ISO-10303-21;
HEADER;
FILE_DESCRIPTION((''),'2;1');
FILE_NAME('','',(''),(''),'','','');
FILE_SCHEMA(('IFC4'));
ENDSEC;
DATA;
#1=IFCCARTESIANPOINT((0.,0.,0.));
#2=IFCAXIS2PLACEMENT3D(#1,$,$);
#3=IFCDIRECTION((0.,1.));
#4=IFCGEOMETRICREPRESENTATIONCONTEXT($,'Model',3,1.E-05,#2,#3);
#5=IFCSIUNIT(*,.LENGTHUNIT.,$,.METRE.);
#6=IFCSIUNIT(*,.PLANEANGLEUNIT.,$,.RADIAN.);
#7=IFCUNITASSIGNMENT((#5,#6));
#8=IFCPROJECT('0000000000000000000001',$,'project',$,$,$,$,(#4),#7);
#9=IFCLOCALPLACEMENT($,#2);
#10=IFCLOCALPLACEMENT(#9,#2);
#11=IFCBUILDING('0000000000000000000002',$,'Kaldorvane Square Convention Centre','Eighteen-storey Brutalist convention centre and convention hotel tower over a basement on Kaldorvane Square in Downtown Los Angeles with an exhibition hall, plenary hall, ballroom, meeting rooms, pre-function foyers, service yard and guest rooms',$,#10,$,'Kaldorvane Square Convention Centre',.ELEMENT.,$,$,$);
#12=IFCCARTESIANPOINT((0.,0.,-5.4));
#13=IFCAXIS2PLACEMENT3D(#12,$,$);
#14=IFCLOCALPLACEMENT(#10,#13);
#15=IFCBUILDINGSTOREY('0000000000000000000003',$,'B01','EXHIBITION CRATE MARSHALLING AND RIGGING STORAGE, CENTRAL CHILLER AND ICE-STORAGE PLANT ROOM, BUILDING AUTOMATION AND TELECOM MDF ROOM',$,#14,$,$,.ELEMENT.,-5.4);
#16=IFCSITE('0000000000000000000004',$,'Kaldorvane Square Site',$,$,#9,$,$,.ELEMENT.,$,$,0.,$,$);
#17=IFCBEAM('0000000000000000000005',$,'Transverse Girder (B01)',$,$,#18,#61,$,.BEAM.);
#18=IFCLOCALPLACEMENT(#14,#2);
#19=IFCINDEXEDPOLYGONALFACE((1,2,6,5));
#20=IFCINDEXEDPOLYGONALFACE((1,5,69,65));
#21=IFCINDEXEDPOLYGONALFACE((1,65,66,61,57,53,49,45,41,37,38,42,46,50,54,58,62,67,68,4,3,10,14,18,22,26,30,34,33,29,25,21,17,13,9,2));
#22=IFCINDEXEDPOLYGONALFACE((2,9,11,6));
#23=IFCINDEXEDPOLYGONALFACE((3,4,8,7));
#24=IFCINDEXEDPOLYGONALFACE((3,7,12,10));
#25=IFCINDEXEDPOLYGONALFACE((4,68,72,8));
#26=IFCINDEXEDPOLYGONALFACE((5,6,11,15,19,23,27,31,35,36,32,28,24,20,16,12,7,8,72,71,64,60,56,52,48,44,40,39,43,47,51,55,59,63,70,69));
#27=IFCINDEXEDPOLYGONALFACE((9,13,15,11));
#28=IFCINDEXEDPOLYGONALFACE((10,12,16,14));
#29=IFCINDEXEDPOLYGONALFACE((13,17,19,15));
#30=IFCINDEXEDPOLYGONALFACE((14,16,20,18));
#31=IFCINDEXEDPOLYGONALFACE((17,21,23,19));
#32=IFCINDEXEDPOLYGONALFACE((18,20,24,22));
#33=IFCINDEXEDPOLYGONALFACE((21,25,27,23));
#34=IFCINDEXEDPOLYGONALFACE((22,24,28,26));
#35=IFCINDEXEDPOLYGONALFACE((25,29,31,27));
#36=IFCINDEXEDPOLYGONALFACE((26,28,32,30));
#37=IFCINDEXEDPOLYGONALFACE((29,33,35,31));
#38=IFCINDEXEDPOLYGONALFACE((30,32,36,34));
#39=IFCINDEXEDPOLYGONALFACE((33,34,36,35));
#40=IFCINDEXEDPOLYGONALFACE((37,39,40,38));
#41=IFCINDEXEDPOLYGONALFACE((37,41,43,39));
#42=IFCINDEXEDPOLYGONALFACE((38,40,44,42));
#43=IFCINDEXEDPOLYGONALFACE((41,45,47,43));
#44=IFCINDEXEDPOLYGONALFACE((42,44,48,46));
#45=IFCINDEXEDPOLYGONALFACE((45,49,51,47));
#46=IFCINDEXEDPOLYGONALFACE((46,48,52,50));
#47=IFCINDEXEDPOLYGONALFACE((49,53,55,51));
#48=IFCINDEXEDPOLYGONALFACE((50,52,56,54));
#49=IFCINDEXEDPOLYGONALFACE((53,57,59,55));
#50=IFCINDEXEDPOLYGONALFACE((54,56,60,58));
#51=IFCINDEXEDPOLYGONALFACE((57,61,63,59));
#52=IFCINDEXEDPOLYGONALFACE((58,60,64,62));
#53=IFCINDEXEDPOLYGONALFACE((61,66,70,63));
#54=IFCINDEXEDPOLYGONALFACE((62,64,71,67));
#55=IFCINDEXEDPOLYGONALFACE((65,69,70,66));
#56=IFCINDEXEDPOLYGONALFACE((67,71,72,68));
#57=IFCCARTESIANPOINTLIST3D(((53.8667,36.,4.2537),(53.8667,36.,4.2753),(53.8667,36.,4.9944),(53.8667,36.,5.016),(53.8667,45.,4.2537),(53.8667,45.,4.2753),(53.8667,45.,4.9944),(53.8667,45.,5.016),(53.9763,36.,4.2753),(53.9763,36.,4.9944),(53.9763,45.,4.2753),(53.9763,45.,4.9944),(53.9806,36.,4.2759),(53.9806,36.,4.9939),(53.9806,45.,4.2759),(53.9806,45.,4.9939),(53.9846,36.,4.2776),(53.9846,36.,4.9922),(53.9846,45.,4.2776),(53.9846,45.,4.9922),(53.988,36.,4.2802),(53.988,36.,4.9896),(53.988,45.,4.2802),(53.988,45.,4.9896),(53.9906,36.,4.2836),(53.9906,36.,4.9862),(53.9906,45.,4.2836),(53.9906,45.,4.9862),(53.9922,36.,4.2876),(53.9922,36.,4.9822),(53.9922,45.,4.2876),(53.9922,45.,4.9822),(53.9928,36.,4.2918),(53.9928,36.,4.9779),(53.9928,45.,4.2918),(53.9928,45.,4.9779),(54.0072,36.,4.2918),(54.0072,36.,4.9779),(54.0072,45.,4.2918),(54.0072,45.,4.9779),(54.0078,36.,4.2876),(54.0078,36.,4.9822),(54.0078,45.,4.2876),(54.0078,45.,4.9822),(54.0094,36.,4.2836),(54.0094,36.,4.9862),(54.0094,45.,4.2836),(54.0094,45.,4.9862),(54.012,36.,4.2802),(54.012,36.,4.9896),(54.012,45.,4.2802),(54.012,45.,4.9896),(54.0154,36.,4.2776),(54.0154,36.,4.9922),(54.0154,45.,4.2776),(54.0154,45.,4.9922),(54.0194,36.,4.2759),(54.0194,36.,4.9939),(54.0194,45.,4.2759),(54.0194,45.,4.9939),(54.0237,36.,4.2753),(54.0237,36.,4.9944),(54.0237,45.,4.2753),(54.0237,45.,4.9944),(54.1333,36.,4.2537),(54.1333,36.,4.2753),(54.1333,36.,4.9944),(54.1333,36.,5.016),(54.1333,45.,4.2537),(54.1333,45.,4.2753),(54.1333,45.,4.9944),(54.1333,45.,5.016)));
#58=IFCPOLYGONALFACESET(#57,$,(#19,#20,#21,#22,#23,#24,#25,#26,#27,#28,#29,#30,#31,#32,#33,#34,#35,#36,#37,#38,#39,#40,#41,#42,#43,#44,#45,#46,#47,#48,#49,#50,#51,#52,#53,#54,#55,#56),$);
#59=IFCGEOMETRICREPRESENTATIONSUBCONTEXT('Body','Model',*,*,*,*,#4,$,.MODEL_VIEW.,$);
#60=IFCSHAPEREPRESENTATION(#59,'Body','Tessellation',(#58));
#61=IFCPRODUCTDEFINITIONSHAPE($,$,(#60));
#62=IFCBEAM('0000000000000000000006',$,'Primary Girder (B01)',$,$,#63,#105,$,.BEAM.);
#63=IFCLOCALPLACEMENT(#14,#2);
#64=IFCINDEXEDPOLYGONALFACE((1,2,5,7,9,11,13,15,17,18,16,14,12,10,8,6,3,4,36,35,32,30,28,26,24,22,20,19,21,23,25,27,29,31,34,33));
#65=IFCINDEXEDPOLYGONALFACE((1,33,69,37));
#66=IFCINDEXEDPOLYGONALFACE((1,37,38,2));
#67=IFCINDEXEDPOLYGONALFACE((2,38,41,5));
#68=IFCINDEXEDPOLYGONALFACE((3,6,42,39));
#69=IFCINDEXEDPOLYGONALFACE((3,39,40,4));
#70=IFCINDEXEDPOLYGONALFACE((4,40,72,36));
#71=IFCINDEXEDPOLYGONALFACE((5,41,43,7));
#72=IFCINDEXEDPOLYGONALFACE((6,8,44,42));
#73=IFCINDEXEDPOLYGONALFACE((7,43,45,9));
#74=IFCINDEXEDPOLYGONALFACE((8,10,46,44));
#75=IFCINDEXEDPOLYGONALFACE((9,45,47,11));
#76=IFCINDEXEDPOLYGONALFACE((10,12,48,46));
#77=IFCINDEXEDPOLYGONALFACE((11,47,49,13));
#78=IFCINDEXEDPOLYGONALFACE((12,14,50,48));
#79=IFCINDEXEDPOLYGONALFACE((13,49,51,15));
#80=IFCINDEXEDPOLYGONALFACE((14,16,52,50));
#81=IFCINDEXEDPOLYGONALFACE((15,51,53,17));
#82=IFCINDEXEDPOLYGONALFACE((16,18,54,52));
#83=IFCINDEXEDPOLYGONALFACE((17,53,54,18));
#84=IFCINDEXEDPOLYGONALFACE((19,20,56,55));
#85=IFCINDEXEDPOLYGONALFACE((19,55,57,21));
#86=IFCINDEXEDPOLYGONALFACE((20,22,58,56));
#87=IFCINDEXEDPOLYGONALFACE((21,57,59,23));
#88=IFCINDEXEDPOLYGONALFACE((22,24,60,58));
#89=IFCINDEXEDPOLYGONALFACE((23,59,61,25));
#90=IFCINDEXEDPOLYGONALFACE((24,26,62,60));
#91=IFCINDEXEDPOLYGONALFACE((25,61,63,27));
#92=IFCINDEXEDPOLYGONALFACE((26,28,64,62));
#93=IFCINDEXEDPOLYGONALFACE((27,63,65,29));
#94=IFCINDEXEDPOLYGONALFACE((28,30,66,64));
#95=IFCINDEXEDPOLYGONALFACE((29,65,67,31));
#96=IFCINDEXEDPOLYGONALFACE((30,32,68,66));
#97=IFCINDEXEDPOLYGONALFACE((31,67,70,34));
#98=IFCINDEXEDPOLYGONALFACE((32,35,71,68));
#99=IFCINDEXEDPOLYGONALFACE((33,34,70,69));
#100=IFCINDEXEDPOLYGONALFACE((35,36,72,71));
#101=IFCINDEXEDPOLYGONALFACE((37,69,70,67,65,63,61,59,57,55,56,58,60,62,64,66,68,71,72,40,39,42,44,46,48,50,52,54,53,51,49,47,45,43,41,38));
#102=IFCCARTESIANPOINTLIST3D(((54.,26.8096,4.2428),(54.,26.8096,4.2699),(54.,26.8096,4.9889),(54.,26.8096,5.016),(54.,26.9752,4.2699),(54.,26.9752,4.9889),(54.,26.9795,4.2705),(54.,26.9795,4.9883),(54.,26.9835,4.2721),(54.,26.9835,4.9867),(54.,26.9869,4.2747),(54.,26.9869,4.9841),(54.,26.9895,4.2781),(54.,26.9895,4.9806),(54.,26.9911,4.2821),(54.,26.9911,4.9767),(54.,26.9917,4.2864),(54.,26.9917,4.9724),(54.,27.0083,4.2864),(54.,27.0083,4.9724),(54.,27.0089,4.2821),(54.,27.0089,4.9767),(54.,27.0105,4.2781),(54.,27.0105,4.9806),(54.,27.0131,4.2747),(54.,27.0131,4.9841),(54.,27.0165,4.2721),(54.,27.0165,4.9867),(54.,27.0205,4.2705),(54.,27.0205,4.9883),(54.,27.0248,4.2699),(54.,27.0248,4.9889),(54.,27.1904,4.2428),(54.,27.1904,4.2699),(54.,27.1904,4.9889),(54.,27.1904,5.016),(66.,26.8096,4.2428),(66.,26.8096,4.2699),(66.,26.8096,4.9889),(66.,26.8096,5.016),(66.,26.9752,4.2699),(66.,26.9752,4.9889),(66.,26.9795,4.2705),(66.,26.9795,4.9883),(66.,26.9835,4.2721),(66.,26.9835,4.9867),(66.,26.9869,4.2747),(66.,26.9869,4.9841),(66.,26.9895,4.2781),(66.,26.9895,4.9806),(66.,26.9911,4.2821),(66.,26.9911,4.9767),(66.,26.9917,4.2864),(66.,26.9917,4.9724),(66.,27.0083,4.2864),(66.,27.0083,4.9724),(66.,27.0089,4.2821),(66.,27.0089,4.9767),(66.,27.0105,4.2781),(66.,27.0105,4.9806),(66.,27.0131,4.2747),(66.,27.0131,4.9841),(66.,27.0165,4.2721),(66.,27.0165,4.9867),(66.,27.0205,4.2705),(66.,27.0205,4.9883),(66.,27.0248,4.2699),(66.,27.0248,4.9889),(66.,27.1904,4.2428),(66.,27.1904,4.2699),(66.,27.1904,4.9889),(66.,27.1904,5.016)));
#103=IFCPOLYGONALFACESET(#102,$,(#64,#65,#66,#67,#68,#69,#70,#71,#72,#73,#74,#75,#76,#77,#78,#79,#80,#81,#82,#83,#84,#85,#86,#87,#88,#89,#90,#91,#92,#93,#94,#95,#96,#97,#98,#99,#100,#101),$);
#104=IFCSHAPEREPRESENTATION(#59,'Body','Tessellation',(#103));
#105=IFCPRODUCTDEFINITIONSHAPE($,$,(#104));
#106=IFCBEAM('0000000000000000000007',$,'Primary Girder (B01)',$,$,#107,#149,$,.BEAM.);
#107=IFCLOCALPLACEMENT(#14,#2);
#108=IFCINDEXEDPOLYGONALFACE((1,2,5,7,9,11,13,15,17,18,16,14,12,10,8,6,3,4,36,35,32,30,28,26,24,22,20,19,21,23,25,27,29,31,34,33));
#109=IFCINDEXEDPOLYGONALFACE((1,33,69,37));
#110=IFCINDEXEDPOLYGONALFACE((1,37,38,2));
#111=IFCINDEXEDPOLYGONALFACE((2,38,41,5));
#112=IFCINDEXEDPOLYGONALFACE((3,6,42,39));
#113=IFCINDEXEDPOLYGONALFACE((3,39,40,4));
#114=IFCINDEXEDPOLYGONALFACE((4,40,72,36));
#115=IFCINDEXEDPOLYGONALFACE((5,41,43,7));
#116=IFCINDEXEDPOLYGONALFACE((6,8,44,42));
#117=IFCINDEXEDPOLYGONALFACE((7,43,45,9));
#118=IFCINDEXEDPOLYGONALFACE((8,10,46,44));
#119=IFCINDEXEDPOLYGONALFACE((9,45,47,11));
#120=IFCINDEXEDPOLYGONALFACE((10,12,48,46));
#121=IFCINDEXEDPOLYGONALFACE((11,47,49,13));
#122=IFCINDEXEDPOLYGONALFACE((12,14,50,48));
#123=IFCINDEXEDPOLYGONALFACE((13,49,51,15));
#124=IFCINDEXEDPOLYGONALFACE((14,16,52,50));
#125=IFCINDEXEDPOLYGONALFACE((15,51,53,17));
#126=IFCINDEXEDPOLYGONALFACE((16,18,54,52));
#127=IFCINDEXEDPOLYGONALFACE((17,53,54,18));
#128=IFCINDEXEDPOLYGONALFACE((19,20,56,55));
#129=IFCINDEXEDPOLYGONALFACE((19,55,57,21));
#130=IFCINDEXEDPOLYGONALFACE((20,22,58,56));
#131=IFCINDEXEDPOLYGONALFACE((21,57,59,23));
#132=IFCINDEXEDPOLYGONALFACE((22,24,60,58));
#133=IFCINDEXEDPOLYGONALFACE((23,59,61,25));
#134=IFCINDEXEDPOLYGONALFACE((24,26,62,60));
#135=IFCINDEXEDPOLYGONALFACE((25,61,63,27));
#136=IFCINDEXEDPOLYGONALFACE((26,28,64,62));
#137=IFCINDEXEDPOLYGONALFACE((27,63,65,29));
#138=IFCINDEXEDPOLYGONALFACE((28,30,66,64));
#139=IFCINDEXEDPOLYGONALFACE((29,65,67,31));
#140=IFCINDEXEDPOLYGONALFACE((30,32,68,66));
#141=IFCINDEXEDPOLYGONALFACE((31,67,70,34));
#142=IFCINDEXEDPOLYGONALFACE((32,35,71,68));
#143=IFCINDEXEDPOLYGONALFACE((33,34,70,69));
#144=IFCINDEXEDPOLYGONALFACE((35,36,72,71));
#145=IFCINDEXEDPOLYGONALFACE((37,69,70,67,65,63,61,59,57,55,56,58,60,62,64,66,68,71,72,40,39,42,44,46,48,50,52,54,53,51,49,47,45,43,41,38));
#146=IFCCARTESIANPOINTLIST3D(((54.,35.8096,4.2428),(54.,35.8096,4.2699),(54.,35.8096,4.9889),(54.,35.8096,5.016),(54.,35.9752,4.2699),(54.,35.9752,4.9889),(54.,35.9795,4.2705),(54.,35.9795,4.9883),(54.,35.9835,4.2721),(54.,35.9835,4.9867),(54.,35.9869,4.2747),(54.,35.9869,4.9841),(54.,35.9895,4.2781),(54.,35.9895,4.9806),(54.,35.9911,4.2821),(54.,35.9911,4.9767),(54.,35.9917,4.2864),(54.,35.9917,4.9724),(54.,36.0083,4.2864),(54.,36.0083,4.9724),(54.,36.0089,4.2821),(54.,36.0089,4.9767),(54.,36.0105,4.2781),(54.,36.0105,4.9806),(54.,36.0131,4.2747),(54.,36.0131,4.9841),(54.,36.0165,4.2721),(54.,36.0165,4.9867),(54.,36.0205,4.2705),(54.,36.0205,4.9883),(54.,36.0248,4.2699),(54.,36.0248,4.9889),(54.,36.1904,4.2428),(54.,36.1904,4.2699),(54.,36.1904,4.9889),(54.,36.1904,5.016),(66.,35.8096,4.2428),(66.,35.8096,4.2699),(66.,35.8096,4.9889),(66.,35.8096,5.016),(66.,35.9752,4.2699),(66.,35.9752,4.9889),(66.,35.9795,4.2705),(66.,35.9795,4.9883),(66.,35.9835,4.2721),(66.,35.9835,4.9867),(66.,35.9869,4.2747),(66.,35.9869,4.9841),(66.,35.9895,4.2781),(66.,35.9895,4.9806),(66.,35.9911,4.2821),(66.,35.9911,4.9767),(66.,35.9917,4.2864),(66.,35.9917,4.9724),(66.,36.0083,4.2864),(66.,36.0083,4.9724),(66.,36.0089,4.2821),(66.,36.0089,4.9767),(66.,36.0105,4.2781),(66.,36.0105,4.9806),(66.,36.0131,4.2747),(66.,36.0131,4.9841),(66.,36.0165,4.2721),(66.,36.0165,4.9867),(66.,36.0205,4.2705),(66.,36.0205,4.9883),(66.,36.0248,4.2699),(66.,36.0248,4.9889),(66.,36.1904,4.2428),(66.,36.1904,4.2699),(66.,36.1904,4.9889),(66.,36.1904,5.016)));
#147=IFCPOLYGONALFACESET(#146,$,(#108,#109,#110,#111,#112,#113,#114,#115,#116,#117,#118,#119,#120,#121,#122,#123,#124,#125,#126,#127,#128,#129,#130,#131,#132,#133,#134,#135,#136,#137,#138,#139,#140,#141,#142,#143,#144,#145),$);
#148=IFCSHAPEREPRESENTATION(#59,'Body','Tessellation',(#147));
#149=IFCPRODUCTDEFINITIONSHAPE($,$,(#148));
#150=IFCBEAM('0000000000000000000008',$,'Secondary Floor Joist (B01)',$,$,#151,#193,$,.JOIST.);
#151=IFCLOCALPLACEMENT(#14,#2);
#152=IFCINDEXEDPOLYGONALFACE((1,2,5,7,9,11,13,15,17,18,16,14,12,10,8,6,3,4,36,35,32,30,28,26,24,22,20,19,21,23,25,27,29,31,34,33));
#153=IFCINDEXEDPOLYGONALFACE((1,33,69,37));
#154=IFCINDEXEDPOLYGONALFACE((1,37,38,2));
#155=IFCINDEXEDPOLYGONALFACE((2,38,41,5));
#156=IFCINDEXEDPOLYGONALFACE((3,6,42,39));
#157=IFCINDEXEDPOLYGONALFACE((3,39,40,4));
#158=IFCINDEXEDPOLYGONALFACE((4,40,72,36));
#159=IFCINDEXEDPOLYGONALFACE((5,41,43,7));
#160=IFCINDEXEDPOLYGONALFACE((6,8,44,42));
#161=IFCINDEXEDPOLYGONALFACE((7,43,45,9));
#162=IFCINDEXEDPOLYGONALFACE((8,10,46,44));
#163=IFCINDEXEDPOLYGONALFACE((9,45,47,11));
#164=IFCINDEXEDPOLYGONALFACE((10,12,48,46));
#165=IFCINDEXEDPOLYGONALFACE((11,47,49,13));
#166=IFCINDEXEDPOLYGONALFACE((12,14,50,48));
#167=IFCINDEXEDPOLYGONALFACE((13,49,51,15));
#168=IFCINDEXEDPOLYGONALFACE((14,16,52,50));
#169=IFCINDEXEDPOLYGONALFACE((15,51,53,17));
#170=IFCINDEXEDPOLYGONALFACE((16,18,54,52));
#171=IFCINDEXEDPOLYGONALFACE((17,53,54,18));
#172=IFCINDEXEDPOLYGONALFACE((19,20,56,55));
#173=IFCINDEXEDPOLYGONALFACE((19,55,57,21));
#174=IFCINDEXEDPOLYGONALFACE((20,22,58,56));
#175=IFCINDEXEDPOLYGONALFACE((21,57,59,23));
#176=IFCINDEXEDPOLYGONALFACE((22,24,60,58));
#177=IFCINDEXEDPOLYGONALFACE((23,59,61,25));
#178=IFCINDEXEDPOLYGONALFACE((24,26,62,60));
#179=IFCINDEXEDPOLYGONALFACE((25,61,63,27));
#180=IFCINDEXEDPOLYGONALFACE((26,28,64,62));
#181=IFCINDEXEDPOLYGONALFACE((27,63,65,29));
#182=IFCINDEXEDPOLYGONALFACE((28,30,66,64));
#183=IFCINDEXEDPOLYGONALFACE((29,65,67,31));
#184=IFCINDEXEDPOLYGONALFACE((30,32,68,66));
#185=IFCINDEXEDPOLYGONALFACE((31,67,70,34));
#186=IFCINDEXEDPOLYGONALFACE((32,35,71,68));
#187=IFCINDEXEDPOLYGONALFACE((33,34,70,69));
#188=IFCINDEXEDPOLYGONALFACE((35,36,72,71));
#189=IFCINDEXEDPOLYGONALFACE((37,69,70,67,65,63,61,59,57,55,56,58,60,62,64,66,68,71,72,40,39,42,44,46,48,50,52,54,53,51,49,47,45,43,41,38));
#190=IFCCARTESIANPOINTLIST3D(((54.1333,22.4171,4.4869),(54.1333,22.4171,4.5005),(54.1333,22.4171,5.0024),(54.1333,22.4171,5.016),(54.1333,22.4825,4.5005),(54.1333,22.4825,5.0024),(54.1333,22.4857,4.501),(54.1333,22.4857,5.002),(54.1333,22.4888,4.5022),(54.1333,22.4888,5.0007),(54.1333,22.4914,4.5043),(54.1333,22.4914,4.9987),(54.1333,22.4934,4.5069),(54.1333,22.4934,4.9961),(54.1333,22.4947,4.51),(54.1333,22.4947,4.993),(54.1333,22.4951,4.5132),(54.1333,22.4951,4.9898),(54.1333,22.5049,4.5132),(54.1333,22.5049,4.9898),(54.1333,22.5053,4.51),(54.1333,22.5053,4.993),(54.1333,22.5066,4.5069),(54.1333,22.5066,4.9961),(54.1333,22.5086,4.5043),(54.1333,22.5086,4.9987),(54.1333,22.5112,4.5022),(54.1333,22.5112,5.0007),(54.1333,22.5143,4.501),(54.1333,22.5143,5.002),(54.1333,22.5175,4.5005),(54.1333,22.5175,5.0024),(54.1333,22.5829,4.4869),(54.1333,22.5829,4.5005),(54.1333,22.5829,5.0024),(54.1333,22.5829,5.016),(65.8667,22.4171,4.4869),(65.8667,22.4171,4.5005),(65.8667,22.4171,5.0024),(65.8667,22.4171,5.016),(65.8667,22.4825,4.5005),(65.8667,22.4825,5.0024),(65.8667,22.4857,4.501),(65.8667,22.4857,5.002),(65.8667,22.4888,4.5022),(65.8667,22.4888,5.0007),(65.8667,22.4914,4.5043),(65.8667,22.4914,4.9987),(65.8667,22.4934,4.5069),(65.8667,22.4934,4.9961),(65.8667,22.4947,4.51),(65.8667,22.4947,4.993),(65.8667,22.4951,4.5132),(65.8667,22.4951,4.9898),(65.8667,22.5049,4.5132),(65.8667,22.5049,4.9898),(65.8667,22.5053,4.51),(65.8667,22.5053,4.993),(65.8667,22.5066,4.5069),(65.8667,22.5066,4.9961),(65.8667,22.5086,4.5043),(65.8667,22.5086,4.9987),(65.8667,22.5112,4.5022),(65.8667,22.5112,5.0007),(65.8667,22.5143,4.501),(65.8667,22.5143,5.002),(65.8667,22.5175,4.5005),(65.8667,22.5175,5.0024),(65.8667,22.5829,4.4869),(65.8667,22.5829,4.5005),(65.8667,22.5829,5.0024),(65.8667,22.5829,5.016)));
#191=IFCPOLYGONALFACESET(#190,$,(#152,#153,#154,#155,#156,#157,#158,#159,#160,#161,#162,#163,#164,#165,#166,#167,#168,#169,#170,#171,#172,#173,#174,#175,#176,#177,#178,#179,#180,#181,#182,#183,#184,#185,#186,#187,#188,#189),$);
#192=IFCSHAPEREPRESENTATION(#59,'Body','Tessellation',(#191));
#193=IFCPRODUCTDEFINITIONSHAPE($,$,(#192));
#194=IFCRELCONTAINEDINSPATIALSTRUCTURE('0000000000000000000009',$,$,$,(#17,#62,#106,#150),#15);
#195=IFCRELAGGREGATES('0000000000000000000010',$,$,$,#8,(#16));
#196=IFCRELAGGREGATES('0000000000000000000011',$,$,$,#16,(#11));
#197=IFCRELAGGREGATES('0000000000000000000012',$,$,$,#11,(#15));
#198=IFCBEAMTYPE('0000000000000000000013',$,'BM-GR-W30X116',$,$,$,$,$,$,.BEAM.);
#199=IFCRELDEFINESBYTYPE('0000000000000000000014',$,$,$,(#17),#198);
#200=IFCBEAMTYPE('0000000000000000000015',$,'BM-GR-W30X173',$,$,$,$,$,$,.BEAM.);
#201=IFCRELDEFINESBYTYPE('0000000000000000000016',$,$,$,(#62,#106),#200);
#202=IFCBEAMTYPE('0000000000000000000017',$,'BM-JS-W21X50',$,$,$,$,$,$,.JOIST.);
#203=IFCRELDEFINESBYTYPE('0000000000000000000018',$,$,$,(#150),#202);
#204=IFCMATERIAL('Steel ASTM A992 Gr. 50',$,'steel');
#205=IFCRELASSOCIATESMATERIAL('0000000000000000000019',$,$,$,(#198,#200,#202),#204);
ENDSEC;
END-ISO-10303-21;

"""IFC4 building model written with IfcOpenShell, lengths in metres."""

from ifc_helpers import new_model, si_unit, direction, frame, origin, origin_2d, place, context, subcontext, project, spatial, i_section, extrude, material, material_profile, profile_set, type_object, element, save


model = new_model("IFC4")

# Units and contexts
model_context = context("Model", 3, precision=1e-05, world=origin(), true_north=direction((0.0, 1.0)))
body_context = subcontext(model_context, "Body", "Model", "MODEL_VIEW")
ifc_project = project(units=[si_unit("LENGTHUNIT", "METRE"), si_unit("PLANEANGLEUNIT", "RADIAN")], contexts=[model_context])

# Site, building, storey
site_placement = place(None, origin())
site = spatial("IfcSite", under=ifc_project, at=site_placement, Name="Kaldorvane Square Site", CompositionType="ELEMENT", RefElevation=0.0)
building_placement = place(site_placement, origin())
building = spatial("IfcBuilding", under=site, at=building_placement, Name="Kaldorvane Square Convention Centre", Description="Eighteen-storey Brutalist convention centre and convention hotel tower over a basement on Kaldorvane Square in Downtown Los Angeles with an exhibition hall, plenary hall, ballroom, meeting rooms, pre-function foyers, service yard and guest rooms", LongName="Kaldorvane Square Convention Centre", CompositionType="ELEMENT")
storey_placement = place(building_placement, frame((0.0, 0.0, -5.4)))
storey = spatial("IfcBuildingStorey", under=building, at=storey_placement, Name="B01", Description="EXHIBITION CRATE MARSHALLING AND RIGGING STORAGE, CENTRAL CHILLER AND ICE-STORAGE PLANT ROOM, BUILDING AUTOMATION AND TELECOM MDF ROOM", CompositionType="ELEMENT", Elevation=-5.4)

# Shared definitions
ifc_material_1 = material(Name="Steel ASTM A992 Gr. 50", Category="steel")

# Beams
ifc_material_profile_1 = material_profile(ifc_material_1, i_section(OverallWidth=0.2666, OverallDepth=0.7623, WebThickness=0.0144, FlangeThickness=0.0216, FilletRadius=0.0165, at=origin_2d()), Name="W30X116")
ifc_profile_set_1 = profile_set([ifc_material_profile_1], Name="Steel ASTM A992 Gr. 50")
beam_type_1 = type_object("IfcBeamType", Name="BM-GR-W30X116", PredefinedType="BEAM", material=ifc_profile_set_1)
for number, where, z_axis, x_axis, name in (
    (1, (54.0, 36.0, 4.6349), (0.0, 1.0, 0.0), (-1.0, 0.0, 0.0), "Transverse Girder (B01)"),
):
    element("IfcBeam", number, at=place(storey_placement, frame(where, z_axis=z_axis, x_axis=x_axis)), inside=storey, type_object=beam_type_1, Name=name, PredefinedType="BEAM", context=body_context, shape_type="SweptSolid", body=[
        extrude(i_section(OverallWidth=0.2666, OverallDepth=0.7623, WebThickness=0.0144, FlangeThickness=0.0216, FilletRadius=0.0165, at=origin_2d()), origin(), (0.0, 0.0, 1.0), 9.0),
    ])
ifc_material_profile_2 = material_profile(ifc_material_1, i_section(OverallWidth=0.3807, OverallDepth=0.7732, WebThickness=0.0166, FlangeThickness=0.0271, FilletRadius=0.0165, at=origin_2d()), Name="W30X173")
ifc_profile_set_2 = profile_set([ifc_material_profile_2], Name="Steel ASTM A992 Gr. 50")
beam_type_2 = type_object("IfcBeamType", Name="BM-GR-W30X173", PredefinedType="BEAM", material=ifc_profile_set_2)
for number, where, z_axis, x_axis, name in (
    (2, (54.0, 27.0, 4.6294), (1.0, 0.0, 0.0), (0.0, 1.0, 0.0), "Primary Girder (B01)"),
    (3, (54.0, 36.0, 4.6294), (1.0, 0.0, 0.0), (0.0, 1.0, 0.0), "Primary Girder (B01)"),
):
    element("IfcBeam", number, at=place(storey_placement, frame(where, z_axis=z_axis, x_axis=x_axis)), inside=storey, type_object=beam_type_2, Name=name, PredefinedType="BEAM", context=body_context, shape_type="SweptSolid", body=[
        extrude(i_section(OverallWidth=0.3807, OverallDepth=0.7732, WebThickness=0.0166, FlangeThickness=0.0271, FilletRadius=0.0165, at=origin_2d()), origin(), (0.0, 0.0, 1.0), 12.0),
    ])
ifc_material_profile_3 = material_profile(ifc_material_1, i_section(OverallWidth=0.1659, OverallDepth=0.5291, WebThickness=0.0097, FlangeThickness=0.0136, FilletRadius=0.0127, at=origin_2d()), Name="W21X50")
ifc_profile_set_3 = profile_set([ifc_material_profile_3], Name="Steel ASTM A992 Gr. 50")
beam_type_3 = type_object("IfcBeamType", Name="BM-JS-W21X50", PredefinedType="JOIST", material=ifc_profile_set_3)
for number, where, z_axis, x_axis, name in (
    (4, (54.1333, 22.5, 4.7515), (1.0, 0.0, 0.0), (0.0, 1.0, 0.0), "Secondary Floor Joist (B01)"),
):
    element("IfcBeam", number, at=place(storey_placement, frame(where, z_axis=z_axis, x_axis=x_axis)), inside=storey, type_object=beam_type_3, Name=name, PredefinedType="JOIST", context=body_context, shape_type="SweptSolid", body=[
        extrude(i_section(OverallWidth=0.1659, OverallDepth=0.5291, WebThickness=0.0097, FlangeThickness=0.0136, FilletRadius=0.0127, at=origin_2d()), origin(), (0.0, 0.0, 1.0), 11.7334),
    ])

save(model, "model.ifc")
